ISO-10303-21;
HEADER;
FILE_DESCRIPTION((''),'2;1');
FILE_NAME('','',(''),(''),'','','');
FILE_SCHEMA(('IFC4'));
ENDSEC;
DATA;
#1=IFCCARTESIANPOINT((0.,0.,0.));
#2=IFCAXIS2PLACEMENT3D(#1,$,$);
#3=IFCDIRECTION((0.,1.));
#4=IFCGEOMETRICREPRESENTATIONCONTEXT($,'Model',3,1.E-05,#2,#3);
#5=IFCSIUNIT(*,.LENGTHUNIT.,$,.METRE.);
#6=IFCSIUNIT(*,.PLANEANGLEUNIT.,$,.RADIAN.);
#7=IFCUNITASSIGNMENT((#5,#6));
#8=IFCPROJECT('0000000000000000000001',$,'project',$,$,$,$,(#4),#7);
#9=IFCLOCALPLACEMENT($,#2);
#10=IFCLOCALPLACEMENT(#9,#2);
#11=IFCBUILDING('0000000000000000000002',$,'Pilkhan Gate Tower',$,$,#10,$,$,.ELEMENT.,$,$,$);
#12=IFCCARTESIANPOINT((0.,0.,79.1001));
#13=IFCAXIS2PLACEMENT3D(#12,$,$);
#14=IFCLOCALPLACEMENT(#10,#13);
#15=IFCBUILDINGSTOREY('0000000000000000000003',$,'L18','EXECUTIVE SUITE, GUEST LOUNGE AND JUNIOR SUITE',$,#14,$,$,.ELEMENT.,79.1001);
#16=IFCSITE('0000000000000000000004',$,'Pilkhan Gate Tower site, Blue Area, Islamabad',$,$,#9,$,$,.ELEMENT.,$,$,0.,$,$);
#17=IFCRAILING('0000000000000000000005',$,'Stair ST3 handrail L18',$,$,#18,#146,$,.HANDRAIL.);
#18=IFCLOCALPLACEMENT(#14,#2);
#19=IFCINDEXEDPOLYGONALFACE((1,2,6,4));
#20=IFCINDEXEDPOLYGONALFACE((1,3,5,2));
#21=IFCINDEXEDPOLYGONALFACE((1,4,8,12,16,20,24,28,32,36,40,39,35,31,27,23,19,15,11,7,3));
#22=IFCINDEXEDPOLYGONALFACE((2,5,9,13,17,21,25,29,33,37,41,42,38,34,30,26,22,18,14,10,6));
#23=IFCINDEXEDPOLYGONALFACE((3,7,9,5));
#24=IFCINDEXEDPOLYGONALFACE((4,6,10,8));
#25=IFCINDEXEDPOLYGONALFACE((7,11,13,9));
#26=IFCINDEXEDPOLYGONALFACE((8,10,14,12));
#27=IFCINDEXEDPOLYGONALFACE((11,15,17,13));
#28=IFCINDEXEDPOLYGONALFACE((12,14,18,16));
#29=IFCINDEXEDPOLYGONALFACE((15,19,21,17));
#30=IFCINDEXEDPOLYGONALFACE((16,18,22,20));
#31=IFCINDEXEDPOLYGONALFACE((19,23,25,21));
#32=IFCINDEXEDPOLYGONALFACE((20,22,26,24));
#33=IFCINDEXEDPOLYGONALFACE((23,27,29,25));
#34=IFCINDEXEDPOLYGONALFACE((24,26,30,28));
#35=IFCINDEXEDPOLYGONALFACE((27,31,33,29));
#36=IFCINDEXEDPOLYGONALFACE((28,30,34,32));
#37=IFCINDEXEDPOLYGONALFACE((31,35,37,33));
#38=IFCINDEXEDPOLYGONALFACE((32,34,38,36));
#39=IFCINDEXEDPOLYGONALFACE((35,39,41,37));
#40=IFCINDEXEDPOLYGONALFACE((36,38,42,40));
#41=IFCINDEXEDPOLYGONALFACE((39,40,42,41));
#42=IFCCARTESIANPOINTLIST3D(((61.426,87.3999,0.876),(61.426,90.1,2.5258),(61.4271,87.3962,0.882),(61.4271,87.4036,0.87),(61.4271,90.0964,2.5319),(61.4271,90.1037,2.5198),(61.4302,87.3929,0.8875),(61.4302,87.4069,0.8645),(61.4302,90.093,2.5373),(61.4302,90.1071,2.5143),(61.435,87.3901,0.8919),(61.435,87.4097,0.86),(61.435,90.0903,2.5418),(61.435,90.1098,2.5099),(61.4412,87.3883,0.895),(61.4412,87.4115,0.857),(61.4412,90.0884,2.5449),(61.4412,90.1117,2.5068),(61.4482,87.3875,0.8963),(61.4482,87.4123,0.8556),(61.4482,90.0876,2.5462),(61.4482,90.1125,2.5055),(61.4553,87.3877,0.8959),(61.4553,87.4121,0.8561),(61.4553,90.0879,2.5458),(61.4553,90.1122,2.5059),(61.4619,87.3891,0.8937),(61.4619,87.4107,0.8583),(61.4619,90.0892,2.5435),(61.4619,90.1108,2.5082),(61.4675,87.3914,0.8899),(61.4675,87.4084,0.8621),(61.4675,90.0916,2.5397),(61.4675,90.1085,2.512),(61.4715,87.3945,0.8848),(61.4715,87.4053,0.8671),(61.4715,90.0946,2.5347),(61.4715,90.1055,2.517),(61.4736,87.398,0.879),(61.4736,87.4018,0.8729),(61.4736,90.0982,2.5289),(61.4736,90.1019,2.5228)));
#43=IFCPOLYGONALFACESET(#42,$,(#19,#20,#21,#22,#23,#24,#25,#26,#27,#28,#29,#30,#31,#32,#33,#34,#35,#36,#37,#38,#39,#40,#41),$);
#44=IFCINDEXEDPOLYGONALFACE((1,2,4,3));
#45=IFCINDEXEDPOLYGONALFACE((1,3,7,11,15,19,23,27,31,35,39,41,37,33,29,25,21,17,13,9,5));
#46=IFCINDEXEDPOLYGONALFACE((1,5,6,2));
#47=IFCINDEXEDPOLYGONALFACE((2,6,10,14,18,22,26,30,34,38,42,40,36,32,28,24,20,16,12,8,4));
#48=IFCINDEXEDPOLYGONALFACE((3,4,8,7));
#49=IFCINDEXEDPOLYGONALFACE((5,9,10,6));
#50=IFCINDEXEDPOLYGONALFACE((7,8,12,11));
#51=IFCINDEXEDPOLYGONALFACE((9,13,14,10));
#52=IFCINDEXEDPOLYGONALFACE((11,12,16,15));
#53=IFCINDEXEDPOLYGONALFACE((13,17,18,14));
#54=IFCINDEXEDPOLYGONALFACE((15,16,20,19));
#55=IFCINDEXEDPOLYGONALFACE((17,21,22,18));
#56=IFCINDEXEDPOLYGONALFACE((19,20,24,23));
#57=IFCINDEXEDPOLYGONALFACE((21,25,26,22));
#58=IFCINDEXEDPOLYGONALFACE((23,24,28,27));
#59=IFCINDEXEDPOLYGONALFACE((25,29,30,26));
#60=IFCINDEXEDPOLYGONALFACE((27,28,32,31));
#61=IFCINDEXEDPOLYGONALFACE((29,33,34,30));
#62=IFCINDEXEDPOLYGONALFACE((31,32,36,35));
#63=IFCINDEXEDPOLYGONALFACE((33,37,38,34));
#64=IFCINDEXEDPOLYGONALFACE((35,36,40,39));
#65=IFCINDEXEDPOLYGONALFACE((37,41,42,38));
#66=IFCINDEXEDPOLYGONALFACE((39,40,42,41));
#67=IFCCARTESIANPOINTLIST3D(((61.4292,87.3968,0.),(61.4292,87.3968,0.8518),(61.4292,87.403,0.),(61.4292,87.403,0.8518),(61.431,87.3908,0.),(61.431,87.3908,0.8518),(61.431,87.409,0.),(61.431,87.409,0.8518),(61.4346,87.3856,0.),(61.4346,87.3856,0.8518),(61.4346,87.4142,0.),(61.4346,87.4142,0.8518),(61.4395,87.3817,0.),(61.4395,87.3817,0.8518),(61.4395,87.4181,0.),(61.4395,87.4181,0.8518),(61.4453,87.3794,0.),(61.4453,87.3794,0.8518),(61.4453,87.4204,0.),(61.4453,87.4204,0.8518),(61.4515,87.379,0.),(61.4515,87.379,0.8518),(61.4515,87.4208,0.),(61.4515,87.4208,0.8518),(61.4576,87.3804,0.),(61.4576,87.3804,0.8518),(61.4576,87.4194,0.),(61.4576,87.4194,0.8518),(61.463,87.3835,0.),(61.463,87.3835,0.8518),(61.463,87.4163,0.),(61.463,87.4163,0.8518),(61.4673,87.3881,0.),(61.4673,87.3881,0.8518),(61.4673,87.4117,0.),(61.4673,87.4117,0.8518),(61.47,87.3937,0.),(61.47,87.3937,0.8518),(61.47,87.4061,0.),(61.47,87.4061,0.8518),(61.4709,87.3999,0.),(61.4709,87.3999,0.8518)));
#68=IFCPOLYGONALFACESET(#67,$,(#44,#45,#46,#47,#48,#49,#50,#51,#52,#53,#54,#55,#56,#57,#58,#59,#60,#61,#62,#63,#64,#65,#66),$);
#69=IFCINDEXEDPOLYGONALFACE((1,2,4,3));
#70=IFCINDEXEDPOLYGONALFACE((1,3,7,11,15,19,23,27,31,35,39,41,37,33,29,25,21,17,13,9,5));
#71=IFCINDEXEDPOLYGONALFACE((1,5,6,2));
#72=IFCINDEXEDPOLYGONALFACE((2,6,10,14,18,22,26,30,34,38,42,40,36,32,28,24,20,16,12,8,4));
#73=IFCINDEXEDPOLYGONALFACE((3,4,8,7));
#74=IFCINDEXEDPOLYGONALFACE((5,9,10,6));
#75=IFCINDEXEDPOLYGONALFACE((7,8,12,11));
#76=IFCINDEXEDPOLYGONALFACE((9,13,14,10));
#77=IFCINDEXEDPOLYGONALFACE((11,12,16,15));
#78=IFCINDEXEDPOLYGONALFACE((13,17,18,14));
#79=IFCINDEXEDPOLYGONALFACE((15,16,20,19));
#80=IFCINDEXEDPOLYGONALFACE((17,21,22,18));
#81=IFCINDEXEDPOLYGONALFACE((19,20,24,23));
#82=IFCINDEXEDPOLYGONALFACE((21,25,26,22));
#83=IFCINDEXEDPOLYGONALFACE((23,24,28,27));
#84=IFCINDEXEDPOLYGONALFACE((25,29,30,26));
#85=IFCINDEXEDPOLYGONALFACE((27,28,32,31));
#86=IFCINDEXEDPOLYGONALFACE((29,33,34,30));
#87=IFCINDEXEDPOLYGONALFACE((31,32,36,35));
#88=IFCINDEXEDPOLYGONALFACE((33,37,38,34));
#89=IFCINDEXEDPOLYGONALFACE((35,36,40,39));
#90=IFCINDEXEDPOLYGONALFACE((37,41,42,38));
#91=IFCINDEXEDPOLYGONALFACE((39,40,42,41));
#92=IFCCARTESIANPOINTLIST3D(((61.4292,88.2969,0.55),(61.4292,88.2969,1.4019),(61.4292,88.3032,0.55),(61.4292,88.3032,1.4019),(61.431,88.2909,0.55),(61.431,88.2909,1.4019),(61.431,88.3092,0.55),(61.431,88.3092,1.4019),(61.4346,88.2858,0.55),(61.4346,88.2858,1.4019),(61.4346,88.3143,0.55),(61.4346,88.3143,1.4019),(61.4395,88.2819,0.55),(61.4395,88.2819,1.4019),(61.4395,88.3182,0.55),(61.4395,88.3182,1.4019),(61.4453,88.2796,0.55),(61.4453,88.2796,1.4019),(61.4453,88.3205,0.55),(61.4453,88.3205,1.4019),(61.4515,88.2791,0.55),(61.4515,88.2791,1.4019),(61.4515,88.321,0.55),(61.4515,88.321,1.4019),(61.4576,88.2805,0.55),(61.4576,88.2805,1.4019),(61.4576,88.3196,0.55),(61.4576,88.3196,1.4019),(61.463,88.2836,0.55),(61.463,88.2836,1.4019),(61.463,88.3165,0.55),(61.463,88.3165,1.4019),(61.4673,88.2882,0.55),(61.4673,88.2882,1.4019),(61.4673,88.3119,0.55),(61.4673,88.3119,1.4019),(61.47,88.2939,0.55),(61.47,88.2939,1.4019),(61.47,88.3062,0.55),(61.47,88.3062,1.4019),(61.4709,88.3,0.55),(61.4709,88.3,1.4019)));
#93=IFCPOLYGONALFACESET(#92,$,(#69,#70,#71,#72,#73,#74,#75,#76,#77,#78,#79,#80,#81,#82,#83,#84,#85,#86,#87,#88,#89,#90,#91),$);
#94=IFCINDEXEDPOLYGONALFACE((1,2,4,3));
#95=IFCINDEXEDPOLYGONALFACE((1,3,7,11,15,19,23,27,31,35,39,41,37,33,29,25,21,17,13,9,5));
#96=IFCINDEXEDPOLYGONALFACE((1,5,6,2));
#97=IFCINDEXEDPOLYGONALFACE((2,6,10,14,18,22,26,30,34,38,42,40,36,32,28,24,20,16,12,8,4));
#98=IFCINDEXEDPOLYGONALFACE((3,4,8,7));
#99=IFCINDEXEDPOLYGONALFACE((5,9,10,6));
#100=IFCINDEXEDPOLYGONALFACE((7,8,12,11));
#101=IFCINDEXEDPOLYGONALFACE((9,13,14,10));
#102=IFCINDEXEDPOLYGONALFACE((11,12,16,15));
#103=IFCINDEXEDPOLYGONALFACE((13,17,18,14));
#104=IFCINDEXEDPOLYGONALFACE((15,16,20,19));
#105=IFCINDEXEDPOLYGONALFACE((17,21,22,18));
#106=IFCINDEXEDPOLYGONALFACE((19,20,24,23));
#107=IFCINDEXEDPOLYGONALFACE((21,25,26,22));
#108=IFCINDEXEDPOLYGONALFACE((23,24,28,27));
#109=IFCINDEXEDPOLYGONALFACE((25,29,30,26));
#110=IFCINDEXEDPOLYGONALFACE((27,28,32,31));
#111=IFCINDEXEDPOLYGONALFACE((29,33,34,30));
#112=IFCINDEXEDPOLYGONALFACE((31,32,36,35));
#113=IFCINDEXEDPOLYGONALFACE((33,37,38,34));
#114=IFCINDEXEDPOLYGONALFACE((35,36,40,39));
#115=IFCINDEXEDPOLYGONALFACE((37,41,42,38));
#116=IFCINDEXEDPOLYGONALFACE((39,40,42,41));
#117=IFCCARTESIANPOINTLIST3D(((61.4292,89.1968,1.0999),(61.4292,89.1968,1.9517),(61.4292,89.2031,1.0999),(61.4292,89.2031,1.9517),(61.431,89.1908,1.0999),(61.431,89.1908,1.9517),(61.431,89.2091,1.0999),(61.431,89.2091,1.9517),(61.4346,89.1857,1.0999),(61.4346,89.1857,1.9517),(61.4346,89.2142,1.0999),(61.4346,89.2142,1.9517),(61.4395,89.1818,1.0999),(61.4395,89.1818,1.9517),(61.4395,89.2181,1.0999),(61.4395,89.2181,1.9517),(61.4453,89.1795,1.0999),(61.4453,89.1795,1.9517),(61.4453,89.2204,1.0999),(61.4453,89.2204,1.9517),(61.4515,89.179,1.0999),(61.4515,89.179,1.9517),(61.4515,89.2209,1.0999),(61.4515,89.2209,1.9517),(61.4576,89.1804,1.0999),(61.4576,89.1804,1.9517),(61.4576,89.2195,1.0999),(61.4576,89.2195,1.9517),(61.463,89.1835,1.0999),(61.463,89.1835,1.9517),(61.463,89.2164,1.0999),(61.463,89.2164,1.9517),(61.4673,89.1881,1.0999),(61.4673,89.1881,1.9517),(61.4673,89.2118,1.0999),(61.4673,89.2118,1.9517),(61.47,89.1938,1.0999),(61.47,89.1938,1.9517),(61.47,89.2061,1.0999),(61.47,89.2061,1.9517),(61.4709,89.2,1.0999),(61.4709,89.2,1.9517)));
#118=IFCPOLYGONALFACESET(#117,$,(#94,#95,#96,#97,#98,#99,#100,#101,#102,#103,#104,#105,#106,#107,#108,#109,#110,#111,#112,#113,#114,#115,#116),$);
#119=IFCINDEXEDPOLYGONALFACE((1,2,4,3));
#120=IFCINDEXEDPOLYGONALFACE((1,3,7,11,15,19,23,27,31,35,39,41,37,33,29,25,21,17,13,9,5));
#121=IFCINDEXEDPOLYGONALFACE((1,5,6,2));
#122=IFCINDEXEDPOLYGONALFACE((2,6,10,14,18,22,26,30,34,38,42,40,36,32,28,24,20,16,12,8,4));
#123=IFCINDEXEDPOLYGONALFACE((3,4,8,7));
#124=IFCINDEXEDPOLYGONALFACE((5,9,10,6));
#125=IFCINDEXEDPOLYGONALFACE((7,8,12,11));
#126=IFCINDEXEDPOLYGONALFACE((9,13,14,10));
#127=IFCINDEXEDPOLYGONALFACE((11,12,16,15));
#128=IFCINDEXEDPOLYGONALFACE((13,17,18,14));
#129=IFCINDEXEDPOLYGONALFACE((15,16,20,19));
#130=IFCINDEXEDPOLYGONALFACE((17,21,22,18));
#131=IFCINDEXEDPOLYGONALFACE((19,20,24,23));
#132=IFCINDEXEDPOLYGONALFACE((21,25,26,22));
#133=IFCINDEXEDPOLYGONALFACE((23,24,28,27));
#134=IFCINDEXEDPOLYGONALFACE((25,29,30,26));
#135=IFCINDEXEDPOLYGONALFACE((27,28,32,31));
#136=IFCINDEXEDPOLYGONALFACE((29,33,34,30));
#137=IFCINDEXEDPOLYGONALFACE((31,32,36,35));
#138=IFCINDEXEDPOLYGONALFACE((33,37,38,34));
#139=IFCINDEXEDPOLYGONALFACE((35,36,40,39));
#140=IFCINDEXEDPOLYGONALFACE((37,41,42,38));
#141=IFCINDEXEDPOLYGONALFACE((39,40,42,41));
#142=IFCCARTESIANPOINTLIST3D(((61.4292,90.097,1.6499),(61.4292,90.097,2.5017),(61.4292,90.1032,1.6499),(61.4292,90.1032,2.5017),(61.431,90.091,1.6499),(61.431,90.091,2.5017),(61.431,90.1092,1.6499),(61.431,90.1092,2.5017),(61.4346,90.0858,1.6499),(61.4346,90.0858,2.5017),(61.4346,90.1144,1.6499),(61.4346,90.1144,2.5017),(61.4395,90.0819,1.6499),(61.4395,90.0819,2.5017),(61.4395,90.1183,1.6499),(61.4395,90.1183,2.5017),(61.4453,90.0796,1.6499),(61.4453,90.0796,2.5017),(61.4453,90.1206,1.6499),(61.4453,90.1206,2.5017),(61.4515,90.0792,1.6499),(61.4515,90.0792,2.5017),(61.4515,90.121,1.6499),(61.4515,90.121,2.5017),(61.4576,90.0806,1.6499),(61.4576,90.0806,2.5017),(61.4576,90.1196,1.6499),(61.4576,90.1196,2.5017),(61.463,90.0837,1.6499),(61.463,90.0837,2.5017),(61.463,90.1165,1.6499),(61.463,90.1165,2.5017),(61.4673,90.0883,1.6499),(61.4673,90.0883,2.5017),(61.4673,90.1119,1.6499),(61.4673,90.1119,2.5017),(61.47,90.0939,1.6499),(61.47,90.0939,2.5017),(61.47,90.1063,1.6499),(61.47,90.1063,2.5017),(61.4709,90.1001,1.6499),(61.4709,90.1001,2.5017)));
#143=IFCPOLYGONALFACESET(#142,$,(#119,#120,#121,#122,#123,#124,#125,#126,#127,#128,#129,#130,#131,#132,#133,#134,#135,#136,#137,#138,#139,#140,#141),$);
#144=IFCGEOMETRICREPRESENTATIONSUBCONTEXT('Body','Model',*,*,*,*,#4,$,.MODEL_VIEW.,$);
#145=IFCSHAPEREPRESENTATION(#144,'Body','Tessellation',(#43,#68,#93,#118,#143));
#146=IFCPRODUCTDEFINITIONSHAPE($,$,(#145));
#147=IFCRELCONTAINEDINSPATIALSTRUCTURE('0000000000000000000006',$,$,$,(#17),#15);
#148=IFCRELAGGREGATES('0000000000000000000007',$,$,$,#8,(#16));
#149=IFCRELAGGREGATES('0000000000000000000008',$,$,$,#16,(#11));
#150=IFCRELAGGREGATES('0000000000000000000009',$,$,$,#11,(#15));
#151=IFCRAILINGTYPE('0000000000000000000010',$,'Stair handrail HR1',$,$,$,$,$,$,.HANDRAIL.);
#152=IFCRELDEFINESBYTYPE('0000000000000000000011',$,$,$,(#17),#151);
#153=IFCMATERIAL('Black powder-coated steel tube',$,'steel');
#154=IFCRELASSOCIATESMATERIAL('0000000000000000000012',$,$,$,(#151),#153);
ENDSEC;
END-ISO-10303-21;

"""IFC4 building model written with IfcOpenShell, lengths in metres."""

from ifc_helpers import new_model, si_unit, direction, frame, origin, origin_2d, place, context, subcontext, project, spatial, circle, extrude, material, type_object, element, save


model = new_model("IFC4")

# Units and contexts
model_context = context("Model", 3, precision=1e-05, world=origin(), true_north=direction((0.0, 1.0)))
body_context = subcontext(model_context, "Body", "Model", "MODEL_VIEW")
ifc_project = project(units=[si_unit("LENGTHUNIT", "METRE"), si_unit("PLANEANGLEUNIT", "RADIAN")], contexts=[model_context])

# Site, building, storey
site_placement = place(None, origin())
site = spatial("IfcSite", under=ifc_project, at=site_placement, Name="Pilkhan Gate Tower site, Blue Area, Islamabad", CompositionType="ELEMENT", RefElevation=0.0)
building_placement = place(site_placement, origin())
building = spatial("IfcBuilding", under=site, at=building_placement, Name="Pilkhan Gate Tower", CompositionType="ELEMENT")
storey_placement = place(building_placement, frame((0.0, 0.0, 79.1001)))
storey = spatial("IfcBuildingStorey", under=building, at=storey_placement, Name="L18", Description="EXECUTIVE SUITE, GUEST LOUNGE AND JUNIOR SUITE", CompositionType="ELEMENT", Elevation=79.1001)

# Railing
ifc_material_1 = material(Name="Black powder-coated steel tube", Category="steel")
railing_type_1 = type_object("IfcRailingType", Name="Stair handrail HR1", PredefinedType="HANDRAIL", material=ifc_material_1)
railing_1_placement = place(storey_placement, frame((61.45, 87.3999, 0.0)))
element("IfcRailing", 1, at=railing_1_placement, inside=storey, type_object=railing_type_1, Name="Stair ST3 handrail L18", PredefinedType="HANDRAIL", context=body_context, shape_type="SweptSolid", body=[
    extrude(circle(Radius=0.0239, at=origin_2d()), frame((0.0, 0.0, 0.876), z_axis=(0.0, 0.853312, 0.5214), x_axis=(-1.0, 0.0, 0.0)), (0.0, 0.0, 1.0), 3.1643),
    extrude(circle(Radius=0.021, at=origin_2d()), origin(), (0.0, 0.0, 1.0), 0.8518),
    extrude(circle(Radius=0.021, at=origin_2d()), frame((0.0, 0.9001, 0.55)), (0.0, 0.0, 1.0), 0.8518),
    extrude(circle(Radius=0.021, at=origin_2d()), frame((0.0, 1.8, 1.0999)), (0.0, 0.0, 1.0), 0.8518),
    extrude(circle(Radius=0.021, at=origin_2d()), frame((0.0, 2.7002, 1.6499)), (0.0, 0.0, 1.0), 0.8518),
])

save(model, "model.ifc")
